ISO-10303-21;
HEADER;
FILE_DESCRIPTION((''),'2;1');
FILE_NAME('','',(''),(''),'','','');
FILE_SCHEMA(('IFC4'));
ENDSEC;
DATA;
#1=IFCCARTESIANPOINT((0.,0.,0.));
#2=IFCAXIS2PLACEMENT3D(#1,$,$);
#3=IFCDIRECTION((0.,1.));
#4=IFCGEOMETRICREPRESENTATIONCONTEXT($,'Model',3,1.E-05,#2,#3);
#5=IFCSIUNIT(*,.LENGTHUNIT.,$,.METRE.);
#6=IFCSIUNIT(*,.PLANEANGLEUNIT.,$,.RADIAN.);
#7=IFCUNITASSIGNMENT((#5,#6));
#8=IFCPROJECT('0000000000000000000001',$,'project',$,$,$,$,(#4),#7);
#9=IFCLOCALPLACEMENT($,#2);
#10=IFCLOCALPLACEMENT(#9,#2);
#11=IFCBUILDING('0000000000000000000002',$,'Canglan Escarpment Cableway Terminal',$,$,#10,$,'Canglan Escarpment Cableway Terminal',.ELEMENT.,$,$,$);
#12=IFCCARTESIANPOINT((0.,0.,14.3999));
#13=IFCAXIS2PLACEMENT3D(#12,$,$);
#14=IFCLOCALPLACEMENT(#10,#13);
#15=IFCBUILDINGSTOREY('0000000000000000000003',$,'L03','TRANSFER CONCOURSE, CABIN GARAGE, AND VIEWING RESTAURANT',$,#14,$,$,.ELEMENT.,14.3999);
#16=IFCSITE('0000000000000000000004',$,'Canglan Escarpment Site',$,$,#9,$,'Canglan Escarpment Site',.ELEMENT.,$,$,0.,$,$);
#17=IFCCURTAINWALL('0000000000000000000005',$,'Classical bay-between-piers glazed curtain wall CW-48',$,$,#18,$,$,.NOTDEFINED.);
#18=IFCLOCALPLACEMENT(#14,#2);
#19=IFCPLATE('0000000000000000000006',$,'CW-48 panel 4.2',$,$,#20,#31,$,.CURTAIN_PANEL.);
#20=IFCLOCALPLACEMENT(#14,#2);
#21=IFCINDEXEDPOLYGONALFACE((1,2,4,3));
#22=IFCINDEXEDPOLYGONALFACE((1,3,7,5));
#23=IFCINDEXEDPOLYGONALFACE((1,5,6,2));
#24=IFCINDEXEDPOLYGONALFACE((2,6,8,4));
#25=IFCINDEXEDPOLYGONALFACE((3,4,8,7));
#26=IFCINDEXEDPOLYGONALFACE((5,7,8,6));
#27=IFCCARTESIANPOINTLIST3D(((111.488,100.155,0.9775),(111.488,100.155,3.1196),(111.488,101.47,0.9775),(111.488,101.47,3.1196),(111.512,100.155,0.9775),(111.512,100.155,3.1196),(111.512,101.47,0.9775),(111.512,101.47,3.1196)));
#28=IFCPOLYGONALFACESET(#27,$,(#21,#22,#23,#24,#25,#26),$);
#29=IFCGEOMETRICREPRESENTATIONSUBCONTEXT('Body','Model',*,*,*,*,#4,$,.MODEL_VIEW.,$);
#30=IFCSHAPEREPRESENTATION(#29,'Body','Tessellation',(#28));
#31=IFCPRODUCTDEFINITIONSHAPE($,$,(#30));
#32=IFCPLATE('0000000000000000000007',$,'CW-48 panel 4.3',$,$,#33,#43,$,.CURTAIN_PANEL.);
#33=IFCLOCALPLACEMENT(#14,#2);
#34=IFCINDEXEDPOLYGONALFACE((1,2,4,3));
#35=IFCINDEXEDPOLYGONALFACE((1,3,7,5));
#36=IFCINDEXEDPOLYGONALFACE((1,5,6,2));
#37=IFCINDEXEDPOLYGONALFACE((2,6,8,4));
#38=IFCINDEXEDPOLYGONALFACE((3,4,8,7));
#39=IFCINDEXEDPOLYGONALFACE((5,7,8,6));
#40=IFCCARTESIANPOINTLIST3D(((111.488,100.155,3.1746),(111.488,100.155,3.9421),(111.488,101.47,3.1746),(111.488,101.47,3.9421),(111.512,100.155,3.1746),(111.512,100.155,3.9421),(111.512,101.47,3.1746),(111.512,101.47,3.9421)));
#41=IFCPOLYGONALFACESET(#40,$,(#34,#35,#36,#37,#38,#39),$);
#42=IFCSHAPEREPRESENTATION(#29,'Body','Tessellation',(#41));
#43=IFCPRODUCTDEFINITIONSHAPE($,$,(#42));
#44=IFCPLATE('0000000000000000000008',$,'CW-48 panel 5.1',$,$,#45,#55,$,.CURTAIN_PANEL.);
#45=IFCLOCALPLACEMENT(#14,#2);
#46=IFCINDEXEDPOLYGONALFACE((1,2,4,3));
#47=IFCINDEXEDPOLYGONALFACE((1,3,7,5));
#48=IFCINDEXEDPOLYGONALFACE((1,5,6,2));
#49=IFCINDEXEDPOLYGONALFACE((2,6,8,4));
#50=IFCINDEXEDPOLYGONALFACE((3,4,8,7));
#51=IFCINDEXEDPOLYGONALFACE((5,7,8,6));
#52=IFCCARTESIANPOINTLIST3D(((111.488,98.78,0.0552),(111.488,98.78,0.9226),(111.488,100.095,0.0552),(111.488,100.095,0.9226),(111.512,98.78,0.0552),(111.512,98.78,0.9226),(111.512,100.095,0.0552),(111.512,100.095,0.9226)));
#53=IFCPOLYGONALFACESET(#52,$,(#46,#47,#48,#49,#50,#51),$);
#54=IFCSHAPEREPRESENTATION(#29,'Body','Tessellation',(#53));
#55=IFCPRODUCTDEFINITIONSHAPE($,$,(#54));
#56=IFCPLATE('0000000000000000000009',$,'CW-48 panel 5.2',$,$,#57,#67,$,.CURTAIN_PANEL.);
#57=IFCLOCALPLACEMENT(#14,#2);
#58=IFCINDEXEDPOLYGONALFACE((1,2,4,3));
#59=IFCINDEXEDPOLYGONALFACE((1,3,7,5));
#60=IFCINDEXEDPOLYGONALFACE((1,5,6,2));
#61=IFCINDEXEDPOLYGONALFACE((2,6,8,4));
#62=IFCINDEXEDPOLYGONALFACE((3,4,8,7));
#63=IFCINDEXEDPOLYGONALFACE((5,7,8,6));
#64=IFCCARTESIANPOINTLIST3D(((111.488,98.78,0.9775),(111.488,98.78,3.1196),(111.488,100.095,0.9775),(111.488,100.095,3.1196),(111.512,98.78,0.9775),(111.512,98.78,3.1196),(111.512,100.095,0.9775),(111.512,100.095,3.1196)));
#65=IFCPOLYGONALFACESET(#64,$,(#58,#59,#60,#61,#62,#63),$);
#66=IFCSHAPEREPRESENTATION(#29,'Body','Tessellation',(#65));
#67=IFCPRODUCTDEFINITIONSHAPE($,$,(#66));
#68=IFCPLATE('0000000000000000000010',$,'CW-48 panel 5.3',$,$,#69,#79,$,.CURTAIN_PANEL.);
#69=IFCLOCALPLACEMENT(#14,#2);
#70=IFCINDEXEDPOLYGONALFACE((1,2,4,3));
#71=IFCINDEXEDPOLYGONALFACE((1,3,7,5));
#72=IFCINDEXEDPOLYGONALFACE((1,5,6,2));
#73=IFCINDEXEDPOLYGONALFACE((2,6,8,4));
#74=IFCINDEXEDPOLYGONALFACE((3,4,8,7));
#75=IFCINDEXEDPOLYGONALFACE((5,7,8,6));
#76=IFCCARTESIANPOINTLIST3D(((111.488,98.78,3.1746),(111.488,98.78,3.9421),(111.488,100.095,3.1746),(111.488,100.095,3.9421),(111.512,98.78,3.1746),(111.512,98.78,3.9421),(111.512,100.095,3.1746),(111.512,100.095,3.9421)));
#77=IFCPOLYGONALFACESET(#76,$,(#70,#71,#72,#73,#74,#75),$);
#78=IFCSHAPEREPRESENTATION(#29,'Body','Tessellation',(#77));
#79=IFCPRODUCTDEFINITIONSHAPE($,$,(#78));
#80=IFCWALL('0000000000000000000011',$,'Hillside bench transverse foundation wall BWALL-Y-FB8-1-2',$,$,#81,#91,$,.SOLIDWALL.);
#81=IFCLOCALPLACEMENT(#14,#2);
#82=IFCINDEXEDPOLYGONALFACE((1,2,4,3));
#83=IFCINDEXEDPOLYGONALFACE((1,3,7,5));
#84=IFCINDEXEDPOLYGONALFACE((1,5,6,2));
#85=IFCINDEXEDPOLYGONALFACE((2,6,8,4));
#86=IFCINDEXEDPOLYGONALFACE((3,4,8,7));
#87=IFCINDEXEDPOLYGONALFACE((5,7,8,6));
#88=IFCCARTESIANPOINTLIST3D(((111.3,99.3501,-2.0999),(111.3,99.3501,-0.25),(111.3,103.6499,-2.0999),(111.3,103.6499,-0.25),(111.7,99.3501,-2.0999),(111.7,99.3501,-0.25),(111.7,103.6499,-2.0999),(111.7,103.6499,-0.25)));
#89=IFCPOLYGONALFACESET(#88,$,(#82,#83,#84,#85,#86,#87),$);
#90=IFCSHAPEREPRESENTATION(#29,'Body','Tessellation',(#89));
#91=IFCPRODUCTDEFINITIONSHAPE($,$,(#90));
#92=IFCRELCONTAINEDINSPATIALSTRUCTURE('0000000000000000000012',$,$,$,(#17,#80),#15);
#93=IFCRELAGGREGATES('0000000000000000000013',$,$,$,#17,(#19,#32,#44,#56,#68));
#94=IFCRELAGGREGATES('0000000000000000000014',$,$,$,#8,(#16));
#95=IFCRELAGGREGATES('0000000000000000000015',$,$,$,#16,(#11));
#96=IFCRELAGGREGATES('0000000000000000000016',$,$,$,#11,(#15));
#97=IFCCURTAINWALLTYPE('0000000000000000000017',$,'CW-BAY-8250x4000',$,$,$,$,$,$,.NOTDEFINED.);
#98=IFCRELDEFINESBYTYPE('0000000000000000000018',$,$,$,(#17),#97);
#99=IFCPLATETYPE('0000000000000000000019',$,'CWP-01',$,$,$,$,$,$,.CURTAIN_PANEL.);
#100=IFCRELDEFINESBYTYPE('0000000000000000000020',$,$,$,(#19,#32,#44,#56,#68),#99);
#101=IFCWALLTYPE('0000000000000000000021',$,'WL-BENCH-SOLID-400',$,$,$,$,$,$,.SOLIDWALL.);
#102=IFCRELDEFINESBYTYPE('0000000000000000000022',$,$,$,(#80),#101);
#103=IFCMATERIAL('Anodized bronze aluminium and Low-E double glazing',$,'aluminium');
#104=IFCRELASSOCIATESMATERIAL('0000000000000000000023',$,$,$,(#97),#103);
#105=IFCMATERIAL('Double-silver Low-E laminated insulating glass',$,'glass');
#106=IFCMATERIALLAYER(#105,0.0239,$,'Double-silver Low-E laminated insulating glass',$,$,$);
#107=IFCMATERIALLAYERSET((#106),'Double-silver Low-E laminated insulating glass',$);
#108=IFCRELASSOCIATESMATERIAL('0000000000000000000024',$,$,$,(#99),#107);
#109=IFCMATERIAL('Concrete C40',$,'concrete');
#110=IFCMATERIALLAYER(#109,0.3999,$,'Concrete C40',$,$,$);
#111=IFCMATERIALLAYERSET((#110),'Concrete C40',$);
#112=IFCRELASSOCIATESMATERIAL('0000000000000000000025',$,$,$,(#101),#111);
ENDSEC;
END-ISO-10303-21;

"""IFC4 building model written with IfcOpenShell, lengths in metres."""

from ifc_helpers import new_model, si_unit, direction, frame, frame_2d, origin, origin_2d, place, context, subcontext, project, spatial, rectangle, extrude, material, layer, layer_set, type_object, element, aggregate, save


model = new_model("IFC4")

# Units and contexts
model_context = context("Model", 3, precision=1e-05, world=origin(), true_north=direction((0.0, 1.0)))
body_context = subcontext(model_context, "Body", "Model", "MODEL_VIEW")
ifc_project = project(units=[si_unit("LENGTHUNIT", "METRE"), si_unit("PLANEANGLEUNIT", "RADIAN")], contexts=[model_context])

# Site, building, storey
site_placement = place(None, origin())
site = spatial("IfcSite", under=ifc_project, at=site_placement, Name="Canglan Escarpment Site", LongName="Canglan Escarpment Site", CompositionType="ELEMENT", RefElevation=0.0)
building_placement = place(site_placement, origin())
building = spatial("IfcBuilding", under=site, at=building_placement, Name="Canglan Escarpment Cableway Terminal", LongName="Canglan Escarpment Cableway Terminal", CompositionType="ELEMENT")
storey_placement = place(building_placement, frame((0.0, 0.0, 14.3999)))
storey = spatial("IfcBuildingStorey", under=building, at=storey_placement, Name="L03", Description="TRANSFER CONCOURSE, CABIN GARAGE, AND VIEWING RESTAURANT", CompositionType="ELEMENT", Elevation=14.3999)

# Shared definitions
ifc_material_1 = material(Name="Concrete C40", Category="concrete")

# Curtain wall, plates
ifc_material_2 = material(Name="Anodized bronze aluminium and Low-E double glazing", Category="aluminium")
curtain_wall_type = type_object("IfcCurtainWallType", Name="CW-BAY-8250x4000", PredefinedType="NOTDEFINED", material=ifc_material_2)
curtain_wall_placement = place(storey_placement, origin())
curtain_wall = element("IfcCurtainWall", 1, at=curtain_wall_placement, inside=storey, type_object=curtain_wall_type, Name="Classical bay-between-piers glazed curtain wall CW-48", PredefinedType="NOTDEFINED")
ifc_material_3 = material(Name="Double-silver Low-E laminated insulating glass", Category="glass")
ifc_layer_1 = layer(ifc_material_3, 0.0239, Name="Double-silver Low-E laminated insulating glass")
ifc_layer_set_1 = layer_set([ifc_layer_1], Name="Double-silver Low-E laminated insulating glass")
plate_type = type_object("IfcPlateType", Name="CWP-01", PredefinedType="CURTAIN_PANEL", material=ifc_layer_set_1)
plate_1_placement = place(storey_placement, frame((111.5, 100.8125, 0.9775), z_axis=(0.0, 0.0, 1.0), x_axis=(0.0, -1.0, 0.0)))
plate_1 = element("IfcPlate", 2, at=plate_1_placement, type_object=plate_type, Name="CW-48 panel 4.2", PredefinedType="CURTAIN_PANEL", context=body_context, shape_type="SweptSolid", body=[
    extrude(rectangle(XDim=1.3149, YDim=0.0239, at=origin_2d()), origin(), (0.0, 0.0, 1.0), 2.1421),
])
plate_2_placement = place(storey_placement, frame((111.5, 100.8125, 3.1746), z_axis=(0.0, 0.0, 1.0), x_axis=(0.0, -1.0, 0.0)))
plate_2 = element("IfcPlate", 3, at=plate_2_placement, type_object=plate_type, Name="CW-48 panel 4.3", PredefinedType="CURTAIN_PANEL", context=body_context, shape_type="SweptSolid", body=[
    extrude(rectangle(XDim=1.3149, YDim=0.0239, at=origin_2d()), origin(), (0.0, 0.0, 1.0), 0.7676),
])
plate_3_placement = place(storey_placement, frame((111.5, 99.4375, 0.0552), z_axis=(0.0, 0.0, 1.0), x_axis=(0.0, -1.0, 0.0)))
plate_3 = element("IfcPlate", 4, at=plate_3_placement, type_object=plate_type, Name="CW-48 panel 5.1", PredefinedType="CURTAIN_PANEL", context=body_context, shape_type="SweptSolid", body=[
    extrude(rectangle(XDim=1.3149, YDim=0.0239, at=origin_2d()), origin(), (0.0, 0.0, 1.0), 0.8674),
])
plate_4_placement = place(storey_placement, frame((111.5, 99.4375, 0.9775), z_axis=(0.0, 0.0, 1.0), x_axis=(0.0, -1.0, 0.0)))
plate_4 = element("IfcPlate", 5, at=plate_4_placement, type_object=plate_type, Name="CW-48 panel 5.2", PredefinedType="CURTAIN_PANEL", context=body_context, shape_type="SweptSolid", body=[
    extrude(rectangle(XDim=1.3149, YDim=0.0239, at=origin_2d()), origin(), (0.0, 0.0, 1.0), 2.1421),
])
plate_5_placement = place(storey_placement, frame((111.5, 99.4375, 3.1746), z_axis=(0.0, 0.0, 1.0), x_axis=(0.0, -1.0, 0.0)))
plate_5 = element("IfcPlate", 6, at=plate_5_placement, type_object=plate_type, Name="CW-48 panel 5.3", PredefinedType="CURTAIN_PANEL", context=body_context, shape_type="SweptSolid", body=[
    extrude(rectangle(XDim=1.3149, YDim=0.0239, at=origin_2d()), origin(), (0.0, 0.0, 1.0), 0.7676),
])
aggregate(curtain_wall, [plate_1, plate_2, plate_3, plate_4, plate_5])

# Wall
ifc_layer_2 = layer(ifc_material_1, 0.3999, Name="Concrete C40")
ifc_layer_set_2 = layer_set([ifc_layer_2], Name="Concrete C40")
wall_type = type_object("IfcWallType", Name="WL-BENCH-SOLID-400", PredefinedType="SOLIDWALL", material=ifc_layer_set_2)
wall_placement = place(storey_placement, frame((111.5, 99.3501, -2.0999), z_axis=(0.0, 0.0, 1.0), x_axis=(0.0, 1.0, 0.0)))
element("IfcWall", 7, at=wall_placement, inside=storey, type_object=wall_type, Name="Hillside bench transverse foundation wall BWALL-Y-FB8-1-2", PredefinedType="SOLIDWALL", context=body_context, shape_type="SweptSolid", body=[
    extrude(rectangle(XDim=4.2998, YDim=0.3999, at=frame_2d((2.1499, 0.0))), origin(), (0.0, 0.0, 1.0), 1.8499),
])

save(model, "model.ifc")
